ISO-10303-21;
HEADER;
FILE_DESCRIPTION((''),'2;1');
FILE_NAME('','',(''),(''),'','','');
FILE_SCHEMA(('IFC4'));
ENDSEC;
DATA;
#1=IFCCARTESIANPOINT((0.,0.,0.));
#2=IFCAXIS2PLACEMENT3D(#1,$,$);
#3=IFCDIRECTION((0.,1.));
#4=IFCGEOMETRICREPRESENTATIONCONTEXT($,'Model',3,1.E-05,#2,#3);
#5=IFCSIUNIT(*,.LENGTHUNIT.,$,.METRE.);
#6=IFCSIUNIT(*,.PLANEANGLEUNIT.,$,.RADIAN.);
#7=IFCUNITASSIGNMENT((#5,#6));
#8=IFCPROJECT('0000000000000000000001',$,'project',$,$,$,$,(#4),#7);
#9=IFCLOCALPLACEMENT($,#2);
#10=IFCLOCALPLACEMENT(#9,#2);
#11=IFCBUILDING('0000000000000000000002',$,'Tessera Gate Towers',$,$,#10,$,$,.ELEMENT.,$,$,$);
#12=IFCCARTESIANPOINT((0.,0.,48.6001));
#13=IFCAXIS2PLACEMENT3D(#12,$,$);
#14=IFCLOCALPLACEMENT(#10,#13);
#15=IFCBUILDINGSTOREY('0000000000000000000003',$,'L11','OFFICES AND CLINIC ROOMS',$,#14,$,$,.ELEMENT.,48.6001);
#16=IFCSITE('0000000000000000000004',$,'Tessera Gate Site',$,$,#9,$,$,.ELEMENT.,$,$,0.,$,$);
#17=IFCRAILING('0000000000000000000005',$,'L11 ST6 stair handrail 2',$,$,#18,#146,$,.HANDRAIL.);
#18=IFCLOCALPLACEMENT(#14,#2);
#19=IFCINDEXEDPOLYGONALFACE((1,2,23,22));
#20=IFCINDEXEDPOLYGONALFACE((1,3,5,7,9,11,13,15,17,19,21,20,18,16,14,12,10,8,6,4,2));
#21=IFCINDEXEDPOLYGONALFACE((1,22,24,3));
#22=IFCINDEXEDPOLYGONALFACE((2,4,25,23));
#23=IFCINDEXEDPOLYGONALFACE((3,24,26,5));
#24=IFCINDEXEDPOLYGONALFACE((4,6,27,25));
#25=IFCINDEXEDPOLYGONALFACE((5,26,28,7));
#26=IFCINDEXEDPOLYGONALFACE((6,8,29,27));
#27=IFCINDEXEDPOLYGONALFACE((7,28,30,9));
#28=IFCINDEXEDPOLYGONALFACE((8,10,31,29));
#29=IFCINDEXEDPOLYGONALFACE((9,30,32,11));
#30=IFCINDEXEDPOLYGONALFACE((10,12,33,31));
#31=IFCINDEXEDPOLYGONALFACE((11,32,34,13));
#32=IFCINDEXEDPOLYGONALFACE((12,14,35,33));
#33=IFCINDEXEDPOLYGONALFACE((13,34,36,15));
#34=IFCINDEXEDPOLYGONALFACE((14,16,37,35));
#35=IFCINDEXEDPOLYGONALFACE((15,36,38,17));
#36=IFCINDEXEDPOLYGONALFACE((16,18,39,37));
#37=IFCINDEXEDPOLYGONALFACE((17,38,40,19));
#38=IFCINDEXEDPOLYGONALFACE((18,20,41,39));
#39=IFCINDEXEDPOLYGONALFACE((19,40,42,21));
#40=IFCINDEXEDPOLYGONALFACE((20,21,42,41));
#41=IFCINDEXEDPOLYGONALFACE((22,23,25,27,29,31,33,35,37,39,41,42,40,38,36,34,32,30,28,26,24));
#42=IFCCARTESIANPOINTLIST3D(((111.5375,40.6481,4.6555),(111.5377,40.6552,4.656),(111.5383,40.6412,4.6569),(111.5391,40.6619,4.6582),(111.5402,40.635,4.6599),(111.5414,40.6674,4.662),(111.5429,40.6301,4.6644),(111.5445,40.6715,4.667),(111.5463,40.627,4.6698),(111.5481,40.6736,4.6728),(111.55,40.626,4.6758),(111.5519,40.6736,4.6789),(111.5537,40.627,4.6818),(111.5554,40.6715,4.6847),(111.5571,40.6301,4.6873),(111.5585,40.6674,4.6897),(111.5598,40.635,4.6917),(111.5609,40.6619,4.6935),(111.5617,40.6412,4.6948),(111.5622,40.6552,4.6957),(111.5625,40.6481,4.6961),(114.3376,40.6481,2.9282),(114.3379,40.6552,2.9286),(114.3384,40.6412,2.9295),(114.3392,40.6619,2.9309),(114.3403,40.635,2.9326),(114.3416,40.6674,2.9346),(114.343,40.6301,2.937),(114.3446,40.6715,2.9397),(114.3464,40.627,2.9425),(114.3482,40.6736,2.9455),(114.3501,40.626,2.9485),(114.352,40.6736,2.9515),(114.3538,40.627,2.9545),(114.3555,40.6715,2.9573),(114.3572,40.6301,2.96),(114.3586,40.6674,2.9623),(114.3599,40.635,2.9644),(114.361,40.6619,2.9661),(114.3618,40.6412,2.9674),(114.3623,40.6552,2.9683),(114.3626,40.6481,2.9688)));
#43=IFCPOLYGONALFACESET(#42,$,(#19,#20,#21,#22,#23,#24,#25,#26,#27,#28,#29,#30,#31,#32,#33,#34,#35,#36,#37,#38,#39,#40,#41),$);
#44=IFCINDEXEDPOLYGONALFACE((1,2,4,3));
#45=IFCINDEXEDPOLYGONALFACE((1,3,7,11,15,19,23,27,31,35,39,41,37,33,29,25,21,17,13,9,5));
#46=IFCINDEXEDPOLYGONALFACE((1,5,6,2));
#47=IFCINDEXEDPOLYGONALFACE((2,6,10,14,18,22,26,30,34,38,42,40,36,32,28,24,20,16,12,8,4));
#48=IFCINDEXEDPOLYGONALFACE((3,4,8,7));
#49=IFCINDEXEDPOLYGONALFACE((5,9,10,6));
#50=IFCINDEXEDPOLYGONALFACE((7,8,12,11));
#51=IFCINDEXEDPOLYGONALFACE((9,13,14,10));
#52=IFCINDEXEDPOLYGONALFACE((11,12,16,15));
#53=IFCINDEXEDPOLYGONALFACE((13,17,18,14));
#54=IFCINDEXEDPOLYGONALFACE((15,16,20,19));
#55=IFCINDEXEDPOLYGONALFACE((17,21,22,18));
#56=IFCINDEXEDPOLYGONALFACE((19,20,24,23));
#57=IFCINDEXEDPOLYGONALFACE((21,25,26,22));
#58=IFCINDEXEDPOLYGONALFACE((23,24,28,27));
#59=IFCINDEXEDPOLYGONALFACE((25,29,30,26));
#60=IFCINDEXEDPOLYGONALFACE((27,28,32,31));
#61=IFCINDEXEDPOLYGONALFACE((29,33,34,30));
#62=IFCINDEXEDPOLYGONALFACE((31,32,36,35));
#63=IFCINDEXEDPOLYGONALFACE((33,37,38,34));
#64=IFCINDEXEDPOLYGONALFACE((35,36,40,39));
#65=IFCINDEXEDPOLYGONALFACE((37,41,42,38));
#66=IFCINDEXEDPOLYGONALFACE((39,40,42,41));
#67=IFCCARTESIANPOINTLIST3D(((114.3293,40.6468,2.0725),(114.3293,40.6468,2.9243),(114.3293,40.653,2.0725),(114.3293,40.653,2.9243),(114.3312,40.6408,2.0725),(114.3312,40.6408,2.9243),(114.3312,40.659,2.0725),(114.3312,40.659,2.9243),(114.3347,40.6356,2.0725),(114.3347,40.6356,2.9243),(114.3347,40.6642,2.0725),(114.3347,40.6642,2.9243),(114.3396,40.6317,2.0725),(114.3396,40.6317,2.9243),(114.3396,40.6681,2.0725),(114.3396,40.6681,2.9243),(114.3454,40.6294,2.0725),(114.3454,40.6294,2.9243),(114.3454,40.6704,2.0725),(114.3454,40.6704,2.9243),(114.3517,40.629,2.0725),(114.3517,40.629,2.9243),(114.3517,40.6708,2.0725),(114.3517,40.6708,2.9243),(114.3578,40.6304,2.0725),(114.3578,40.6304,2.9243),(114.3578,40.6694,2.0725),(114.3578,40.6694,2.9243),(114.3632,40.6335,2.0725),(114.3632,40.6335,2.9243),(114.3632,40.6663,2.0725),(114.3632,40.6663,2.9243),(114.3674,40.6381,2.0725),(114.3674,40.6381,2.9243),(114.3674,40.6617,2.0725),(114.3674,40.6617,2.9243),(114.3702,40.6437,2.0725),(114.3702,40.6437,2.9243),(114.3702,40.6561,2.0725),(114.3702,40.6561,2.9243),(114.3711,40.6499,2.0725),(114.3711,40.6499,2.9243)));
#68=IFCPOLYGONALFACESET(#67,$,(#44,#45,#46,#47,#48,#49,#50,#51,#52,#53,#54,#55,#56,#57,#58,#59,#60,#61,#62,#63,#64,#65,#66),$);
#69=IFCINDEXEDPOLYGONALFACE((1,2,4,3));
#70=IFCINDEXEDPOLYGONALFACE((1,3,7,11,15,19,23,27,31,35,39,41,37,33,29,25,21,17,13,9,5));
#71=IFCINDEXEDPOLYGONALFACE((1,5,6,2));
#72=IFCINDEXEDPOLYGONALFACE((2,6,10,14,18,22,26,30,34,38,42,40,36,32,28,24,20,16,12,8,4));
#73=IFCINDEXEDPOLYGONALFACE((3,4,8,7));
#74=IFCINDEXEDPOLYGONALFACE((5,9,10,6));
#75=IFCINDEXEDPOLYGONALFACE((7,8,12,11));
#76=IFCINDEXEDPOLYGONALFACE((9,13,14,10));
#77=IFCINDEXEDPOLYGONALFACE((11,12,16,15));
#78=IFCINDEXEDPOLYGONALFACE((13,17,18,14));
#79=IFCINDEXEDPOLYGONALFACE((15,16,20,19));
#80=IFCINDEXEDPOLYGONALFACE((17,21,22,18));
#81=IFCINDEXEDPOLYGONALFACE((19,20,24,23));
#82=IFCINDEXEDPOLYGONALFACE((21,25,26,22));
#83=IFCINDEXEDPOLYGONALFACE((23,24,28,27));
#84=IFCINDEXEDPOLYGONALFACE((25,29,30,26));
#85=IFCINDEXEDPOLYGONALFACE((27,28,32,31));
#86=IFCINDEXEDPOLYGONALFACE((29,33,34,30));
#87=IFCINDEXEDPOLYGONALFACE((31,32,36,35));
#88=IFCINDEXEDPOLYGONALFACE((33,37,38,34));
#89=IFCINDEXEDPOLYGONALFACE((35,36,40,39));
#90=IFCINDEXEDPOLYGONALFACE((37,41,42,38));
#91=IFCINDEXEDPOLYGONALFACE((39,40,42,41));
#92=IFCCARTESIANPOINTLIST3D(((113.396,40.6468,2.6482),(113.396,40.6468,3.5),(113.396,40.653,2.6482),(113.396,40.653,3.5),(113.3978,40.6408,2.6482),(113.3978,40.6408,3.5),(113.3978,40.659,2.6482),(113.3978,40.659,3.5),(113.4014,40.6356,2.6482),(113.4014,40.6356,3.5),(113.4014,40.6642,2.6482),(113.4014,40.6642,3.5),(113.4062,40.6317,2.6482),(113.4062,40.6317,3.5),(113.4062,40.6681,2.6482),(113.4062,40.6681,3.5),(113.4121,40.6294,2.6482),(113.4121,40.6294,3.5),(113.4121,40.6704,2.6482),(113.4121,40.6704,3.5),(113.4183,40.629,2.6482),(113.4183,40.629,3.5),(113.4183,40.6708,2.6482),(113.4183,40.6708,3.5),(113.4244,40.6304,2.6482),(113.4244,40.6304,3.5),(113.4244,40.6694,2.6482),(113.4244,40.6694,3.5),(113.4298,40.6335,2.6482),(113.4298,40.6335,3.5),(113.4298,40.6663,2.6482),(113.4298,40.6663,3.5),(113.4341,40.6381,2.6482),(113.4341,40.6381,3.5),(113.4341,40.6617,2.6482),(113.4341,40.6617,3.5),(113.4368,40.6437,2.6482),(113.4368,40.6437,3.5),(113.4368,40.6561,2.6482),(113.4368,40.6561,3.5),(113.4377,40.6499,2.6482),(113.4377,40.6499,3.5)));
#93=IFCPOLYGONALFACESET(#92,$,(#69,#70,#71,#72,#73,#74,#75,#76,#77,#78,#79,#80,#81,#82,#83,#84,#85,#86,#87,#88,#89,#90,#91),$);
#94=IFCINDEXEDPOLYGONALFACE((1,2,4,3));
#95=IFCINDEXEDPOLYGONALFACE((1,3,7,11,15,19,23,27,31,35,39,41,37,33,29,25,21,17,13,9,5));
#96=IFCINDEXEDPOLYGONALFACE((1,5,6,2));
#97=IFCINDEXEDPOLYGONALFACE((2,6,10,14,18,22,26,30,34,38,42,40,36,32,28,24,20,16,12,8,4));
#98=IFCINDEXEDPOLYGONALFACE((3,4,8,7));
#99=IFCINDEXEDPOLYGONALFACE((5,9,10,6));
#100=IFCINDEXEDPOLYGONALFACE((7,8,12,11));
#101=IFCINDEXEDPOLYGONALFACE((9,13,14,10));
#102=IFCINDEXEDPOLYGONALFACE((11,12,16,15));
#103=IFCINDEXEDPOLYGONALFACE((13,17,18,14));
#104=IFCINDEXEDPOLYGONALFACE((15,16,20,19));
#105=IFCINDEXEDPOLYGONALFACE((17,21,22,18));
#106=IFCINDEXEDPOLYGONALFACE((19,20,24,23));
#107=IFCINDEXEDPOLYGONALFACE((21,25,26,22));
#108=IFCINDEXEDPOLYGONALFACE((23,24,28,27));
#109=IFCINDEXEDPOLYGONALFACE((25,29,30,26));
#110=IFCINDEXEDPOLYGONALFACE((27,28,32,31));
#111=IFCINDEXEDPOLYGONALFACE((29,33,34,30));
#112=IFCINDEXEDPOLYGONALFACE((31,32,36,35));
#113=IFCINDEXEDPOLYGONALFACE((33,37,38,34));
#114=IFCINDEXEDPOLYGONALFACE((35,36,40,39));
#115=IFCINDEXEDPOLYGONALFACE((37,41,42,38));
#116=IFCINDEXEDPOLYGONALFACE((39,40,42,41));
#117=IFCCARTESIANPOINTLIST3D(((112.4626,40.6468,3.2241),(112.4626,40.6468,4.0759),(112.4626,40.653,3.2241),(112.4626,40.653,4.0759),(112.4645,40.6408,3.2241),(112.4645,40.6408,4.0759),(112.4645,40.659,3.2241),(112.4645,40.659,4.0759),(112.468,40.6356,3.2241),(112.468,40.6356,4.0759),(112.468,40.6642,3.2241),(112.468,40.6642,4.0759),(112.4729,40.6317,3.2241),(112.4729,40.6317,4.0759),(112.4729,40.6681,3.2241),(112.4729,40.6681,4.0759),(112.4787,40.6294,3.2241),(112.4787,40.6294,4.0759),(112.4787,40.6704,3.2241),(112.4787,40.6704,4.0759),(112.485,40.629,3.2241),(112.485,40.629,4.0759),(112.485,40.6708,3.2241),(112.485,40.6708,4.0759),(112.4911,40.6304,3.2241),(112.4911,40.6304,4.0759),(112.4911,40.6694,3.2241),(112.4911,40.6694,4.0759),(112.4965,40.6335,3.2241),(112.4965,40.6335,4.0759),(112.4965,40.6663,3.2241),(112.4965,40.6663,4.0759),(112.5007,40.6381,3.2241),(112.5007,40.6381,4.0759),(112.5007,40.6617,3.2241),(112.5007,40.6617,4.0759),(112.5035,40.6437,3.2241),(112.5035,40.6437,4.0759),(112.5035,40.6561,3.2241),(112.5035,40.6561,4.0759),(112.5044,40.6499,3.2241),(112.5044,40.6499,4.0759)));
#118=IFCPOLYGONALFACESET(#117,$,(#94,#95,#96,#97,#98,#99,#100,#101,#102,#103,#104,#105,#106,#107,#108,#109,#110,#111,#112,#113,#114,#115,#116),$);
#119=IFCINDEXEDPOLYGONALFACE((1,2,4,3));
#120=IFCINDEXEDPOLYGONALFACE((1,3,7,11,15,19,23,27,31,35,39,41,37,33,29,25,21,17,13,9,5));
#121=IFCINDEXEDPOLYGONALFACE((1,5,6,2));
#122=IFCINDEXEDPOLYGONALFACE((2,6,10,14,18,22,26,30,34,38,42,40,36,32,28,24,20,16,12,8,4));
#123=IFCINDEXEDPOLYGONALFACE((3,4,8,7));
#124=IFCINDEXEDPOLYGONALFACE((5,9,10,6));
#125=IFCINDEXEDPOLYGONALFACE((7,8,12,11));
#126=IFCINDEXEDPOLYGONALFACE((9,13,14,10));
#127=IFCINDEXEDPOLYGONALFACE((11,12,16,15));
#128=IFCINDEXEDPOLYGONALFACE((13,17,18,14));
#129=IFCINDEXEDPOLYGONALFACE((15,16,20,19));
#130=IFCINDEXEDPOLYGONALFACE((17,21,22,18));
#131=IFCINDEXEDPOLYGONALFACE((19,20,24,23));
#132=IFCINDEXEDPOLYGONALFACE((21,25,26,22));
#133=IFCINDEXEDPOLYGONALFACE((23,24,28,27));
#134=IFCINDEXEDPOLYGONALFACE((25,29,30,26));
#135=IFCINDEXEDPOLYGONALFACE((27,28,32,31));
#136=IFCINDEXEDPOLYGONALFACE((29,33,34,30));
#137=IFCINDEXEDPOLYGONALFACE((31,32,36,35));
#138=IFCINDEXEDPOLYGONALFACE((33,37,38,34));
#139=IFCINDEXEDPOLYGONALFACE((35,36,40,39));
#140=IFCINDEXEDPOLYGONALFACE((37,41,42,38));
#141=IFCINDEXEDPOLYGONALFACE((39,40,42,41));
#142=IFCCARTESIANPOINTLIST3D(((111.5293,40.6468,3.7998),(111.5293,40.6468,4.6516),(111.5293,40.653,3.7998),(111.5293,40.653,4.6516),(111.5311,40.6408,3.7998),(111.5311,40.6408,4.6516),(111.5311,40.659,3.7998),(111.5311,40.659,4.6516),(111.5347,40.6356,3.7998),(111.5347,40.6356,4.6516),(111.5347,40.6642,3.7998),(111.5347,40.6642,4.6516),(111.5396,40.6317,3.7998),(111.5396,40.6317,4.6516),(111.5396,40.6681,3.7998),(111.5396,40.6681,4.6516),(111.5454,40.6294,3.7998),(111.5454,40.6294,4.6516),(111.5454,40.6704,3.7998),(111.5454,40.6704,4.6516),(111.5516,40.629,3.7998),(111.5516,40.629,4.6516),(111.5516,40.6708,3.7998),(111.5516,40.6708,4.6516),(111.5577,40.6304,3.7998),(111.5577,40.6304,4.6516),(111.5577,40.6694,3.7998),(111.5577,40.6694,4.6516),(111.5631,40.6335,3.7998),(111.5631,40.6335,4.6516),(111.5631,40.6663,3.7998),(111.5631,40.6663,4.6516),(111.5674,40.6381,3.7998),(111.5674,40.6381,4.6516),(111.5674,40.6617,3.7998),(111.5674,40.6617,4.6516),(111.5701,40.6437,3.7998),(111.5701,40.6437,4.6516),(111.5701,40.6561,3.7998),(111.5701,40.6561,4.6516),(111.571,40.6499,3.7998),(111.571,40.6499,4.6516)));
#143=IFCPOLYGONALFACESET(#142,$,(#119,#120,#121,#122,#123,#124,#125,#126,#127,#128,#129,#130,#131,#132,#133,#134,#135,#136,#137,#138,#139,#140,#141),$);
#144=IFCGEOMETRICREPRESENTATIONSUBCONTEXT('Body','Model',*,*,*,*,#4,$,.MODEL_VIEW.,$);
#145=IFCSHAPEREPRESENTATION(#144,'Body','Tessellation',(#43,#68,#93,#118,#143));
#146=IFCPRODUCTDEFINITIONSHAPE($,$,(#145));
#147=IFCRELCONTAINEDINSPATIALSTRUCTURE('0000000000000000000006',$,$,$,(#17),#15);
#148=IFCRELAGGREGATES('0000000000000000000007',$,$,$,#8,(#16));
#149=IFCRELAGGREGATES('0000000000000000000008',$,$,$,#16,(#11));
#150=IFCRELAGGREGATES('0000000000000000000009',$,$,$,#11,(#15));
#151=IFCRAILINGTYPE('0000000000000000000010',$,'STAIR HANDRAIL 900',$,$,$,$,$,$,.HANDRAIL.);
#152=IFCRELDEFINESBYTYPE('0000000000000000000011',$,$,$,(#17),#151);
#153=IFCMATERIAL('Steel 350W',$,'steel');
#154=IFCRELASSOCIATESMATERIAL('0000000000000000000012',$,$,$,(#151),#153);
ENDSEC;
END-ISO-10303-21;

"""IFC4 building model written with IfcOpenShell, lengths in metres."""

from ifc_helpers import new_model, si_unit, direction, frame, origin, origin_2d, place, context, subcontext, project, spatial, circle, extrude, material, type_object, element, save


model = new_model("IFC4")

# Units and contexts
model_context = context("Model", 3, precision=1e-05, world=origin(), true_north=direction((0.0, 1.0)))
body_context = subcontext(model_context, "Body", "Model", "MODEL_VIEW")
ifc_project = project(units=[si_unit("LENGTHUNIT", "METRE"), si_unit("PLANEANGLEUNIT", "RADIAN")], contexts=[model_context])

# Site, building, storey
site_placement = place(None, origin())
site = spatial("IfcSite", under=ifc_project, at=site_placement, Name="Tessera Gate Site", CompositionType="ELEMENT", RefElevation=0.0)
building_placement = place(site_placement, origin())
building = spatial("IfcBuilding", under=site, at=building_placement, Name="Tessera Gate Towers", CompositionType="ELEMENT")
storey_placement = place(building_placement, frame((0.0, 0.0, 48.6001)))
storey = spatial("IfcBuildingStorey", under=building, at=storey_placement, Name="L11", Description="OFFICES AND CLINIC ROOMS", CompositionType="ELEMENT", Elevation=48.6001)

# Railing
ifc_material_1 = material(Name="Steel 350W", Category="steel")
railing_type = type_object("IfcRailingType", Name="STAIR HANDRAIL 900", PredefinedType="HANDRAIL", material=ifc_material_1)
railing_placement = place(storey_placement, frame((114.3501, 40.6499, 2.0725)))
element("IfcRailing", 1, at=railing_placement, inside=storey, type_object=railing_type, Name="L11 ST6 stair handrail 2", PredefinedType="HANDRAIL", context=body_context, shape_type="SweptSolid", body=[
    extrude(circle(Radius=0.0239, at=origin_2d()), frame((0.0, 0.0, 0.876), z_axis=(-0.85109, 0.0, 0.52502), x_axis=(0.0, -1.0, 0.0)), (0.0, 0.0, 1.0), 3.29),
    extrude(circle(Radius=0.021, at=origin_2d()), origin(), (0.0, 0.0, 1.0), 0.8518),
    extrude(circle(Radius=0.021, at=origin_2d()), frame((-0.9333, 0.0, 0.5757)), (0.0, 0.0, 1.0), 0.8518),
    extrude(circle(Radius=0.021, at=origin_2d()), frame((-1.8667, 0.0, 1.1516)), (0.0, 0.0, 1.0), 0.8518),
    extrude(circle(Radius=0.021, at=origin_2d()), frame((-2.8, 0.0, 1.7273)), (0.0, 0.0, 1.0), 0.8518),
])

save(model, "model.ifc")
